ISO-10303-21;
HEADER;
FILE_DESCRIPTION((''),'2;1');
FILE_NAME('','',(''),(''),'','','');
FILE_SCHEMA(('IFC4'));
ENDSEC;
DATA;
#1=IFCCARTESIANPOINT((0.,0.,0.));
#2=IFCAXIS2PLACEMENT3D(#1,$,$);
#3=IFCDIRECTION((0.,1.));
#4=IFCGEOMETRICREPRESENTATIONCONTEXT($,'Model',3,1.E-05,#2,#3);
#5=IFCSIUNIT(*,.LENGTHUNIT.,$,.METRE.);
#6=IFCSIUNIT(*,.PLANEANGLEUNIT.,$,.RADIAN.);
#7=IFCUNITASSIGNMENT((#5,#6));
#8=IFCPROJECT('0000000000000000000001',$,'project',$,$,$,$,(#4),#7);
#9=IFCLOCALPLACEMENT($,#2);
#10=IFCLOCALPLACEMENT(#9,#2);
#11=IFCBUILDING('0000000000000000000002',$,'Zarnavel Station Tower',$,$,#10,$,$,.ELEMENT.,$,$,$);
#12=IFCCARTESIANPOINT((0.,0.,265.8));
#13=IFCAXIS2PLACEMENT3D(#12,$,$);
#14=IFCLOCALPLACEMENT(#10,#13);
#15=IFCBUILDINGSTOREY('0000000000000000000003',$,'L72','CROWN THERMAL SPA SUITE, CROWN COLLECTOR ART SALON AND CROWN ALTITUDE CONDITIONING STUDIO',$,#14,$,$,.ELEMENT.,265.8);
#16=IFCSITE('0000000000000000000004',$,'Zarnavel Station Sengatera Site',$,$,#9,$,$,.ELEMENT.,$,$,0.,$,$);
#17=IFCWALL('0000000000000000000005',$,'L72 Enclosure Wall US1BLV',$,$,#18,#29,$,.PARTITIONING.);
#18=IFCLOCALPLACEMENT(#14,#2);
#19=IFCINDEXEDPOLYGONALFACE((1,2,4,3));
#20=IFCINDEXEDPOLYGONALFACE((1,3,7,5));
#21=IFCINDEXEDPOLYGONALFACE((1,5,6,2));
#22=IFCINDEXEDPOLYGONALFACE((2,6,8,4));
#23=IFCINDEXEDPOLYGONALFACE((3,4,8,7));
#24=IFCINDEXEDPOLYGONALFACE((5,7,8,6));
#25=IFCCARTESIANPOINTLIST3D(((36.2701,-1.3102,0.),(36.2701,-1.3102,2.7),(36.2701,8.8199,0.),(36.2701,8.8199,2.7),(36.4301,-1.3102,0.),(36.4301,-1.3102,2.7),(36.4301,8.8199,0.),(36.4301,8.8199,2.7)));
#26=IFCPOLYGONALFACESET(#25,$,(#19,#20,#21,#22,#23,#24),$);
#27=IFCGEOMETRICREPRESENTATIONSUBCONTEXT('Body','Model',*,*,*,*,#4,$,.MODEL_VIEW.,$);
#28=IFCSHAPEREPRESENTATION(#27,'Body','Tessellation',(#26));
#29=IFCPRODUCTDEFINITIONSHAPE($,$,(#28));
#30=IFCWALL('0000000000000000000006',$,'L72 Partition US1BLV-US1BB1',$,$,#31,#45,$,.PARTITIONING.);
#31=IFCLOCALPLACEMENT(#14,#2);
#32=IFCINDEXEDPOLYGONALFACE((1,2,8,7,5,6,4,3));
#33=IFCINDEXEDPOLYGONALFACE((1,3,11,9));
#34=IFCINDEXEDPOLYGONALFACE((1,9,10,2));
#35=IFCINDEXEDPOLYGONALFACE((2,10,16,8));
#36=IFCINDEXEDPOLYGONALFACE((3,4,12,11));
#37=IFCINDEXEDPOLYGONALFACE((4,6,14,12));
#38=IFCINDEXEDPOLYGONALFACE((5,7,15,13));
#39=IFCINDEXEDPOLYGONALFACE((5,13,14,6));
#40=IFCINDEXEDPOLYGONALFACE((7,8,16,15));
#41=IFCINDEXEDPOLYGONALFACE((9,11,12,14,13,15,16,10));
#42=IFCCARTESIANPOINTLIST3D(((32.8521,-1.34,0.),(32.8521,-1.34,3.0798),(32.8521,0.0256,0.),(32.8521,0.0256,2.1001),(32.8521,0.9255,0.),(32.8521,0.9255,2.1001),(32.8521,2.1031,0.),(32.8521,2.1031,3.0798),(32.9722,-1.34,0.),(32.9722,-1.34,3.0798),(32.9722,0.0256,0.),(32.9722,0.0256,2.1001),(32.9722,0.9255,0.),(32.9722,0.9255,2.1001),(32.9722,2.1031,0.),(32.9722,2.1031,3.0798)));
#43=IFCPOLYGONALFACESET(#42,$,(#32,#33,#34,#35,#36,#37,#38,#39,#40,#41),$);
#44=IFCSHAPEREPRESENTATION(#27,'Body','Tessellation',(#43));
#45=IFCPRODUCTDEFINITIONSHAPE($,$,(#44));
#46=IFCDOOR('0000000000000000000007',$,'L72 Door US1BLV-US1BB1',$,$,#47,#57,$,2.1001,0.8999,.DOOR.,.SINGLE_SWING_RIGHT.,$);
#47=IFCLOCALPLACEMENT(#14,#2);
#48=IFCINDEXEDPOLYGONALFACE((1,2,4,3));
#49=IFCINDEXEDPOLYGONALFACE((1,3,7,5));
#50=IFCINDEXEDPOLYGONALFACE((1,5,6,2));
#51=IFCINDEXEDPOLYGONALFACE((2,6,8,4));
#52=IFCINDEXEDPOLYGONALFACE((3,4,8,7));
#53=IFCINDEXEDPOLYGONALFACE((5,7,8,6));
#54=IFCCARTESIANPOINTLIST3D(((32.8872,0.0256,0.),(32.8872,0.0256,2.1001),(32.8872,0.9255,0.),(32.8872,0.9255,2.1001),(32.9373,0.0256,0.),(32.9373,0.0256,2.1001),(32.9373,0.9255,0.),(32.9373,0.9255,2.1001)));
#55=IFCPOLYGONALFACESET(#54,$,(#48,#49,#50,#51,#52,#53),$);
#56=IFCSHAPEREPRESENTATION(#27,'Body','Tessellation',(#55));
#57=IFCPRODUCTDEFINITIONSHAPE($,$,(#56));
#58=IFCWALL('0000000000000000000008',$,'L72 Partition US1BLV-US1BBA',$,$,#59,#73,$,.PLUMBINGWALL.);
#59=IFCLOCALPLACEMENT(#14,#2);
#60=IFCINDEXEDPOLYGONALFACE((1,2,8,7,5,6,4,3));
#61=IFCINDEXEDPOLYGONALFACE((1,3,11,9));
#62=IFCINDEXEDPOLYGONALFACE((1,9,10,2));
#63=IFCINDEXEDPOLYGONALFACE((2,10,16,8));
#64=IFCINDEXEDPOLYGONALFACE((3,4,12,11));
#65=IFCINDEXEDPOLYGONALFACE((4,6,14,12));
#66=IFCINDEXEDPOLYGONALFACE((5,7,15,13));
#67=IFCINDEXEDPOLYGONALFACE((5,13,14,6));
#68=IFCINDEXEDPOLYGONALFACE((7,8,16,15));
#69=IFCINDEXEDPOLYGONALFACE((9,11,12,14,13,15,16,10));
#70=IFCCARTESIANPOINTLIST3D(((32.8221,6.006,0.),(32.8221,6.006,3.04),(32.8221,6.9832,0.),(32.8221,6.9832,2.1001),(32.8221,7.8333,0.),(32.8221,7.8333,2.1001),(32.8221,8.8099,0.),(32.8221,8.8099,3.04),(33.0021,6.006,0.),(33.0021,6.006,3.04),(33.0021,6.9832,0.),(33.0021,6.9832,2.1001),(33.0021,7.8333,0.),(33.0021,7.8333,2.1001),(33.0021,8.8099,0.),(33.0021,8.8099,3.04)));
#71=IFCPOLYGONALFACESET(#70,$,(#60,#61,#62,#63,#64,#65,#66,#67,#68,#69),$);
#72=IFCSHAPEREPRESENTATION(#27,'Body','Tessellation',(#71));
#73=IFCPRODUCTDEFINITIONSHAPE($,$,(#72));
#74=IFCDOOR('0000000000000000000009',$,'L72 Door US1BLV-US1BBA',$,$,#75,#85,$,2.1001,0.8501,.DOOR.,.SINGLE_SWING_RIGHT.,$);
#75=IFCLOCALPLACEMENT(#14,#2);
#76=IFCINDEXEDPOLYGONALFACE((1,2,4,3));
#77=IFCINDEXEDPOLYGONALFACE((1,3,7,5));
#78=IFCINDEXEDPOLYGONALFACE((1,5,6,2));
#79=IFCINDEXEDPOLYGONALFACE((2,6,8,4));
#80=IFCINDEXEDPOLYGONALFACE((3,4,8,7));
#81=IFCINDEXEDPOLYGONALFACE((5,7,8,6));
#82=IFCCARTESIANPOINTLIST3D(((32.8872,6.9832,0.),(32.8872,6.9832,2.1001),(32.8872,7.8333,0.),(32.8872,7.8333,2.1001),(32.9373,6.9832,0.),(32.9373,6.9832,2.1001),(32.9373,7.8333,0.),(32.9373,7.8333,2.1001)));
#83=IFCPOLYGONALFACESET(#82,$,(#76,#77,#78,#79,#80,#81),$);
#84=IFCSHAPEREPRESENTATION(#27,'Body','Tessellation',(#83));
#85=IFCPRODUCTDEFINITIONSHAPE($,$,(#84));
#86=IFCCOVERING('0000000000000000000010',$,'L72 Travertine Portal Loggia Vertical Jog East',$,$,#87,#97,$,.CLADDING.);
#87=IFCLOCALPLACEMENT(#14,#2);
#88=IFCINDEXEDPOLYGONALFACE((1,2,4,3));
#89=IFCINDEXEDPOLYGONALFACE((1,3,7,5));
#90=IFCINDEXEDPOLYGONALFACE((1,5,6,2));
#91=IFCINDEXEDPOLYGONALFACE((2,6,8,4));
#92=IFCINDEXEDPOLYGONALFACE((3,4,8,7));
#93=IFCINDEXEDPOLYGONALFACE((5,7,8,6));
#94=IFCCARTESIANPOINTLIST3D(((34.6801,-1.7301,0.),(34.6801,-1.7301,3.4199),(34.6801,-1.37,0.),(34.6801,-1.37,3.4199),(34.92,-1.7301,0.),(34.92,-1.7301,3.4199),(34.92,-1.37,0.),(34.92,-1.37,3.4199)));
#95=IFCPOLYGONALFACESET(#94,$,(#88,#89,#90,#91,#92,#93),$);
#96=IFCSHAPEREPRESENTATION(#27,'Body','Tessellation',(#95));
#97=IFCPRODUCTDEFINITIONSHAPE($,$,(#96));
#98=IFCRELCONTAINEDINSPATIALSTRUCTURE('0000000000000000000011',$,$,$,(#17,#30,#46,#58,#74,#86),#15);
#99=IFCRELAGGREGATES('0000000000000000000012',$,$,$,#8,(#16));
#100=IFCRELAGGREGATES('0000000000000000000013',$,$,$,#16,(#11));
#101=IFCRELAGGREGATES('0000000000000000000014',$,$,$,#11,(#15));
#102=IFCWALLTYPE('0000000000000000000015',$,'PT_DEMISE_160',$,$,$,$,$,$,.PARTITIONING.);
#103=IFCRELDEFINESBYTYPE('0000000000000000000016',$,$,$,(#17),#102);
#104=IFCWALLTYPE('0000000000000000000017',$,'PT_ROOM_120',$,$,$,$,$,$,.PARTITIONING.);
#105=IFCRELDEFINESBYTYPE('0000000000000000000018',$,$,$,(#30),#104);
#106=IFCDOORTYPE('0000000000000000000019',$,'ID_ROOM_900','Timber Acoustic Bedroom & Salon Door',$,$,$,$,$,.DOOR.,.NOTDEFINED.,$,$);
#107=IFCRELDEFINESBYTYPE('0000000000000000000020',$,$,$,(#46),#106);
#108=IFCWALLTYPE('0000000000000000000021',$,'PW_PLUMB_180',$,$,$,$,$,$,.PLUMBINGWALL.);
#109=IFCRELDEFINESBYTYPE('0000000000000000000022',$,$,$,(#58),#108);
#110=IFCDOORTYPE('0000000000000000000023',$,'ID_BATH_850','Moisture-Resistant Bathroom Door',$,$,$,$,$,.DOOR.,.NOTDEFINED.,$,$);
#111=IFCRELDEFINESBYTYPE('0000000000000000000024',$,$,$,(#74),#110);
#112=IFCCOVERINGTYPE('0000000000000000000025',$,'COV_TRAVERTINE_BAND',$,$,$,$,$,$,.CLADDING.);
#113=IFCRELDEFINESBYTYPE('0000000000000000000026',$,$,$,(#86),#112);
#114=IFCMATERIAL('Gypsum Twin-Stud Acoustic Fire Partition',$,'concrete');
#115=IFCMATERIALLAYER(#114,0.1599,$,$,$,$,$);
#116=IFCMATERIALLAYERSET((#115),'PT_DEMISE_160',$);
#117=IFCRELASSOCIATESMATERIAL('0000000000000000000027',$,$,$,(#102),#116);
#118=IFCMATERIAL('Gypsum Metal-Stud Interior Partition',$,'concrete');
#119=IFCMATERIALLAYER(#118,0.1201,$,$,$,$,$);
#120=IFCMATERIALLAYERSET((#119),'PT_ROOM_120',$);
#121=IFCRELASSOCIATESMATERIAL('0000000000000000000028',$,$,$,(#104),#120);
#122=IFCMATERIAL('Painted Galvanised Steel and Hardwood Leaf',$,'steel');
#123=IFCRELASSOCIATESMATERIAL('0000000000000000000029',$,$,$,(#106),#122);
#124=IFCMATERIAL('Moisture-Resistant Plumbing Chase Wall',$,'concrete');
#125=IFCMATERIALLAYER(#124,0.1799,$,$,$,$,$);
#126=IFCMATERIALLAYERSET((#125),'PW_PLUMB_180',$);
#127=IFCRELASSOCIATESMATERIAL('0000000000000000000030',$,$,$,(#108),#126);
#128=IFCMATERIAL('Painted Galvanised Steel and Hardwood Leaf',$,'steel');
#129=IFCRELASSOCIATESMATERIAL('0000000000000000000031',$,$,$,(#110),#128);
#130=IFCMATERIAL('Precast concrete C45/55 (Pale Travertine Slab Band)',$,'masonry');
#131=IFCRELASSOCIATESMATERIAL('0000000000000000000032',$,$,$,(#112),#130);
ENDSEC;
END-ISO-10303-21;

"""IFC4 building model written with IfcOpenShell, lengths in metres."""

from ifc_helpers import new_model, si_unit, direction, frame, frame_2d, origin, origin_2d, place, context, subcontext, project, spatial, rectangle, extrude, material, layer, layer_set, type_object, element, fill, save


model = new_model("IFC4")

# Units and contexts
model_context = context("Model", 3, precision=1e-05, world=origin(), true_north=direction((0.0, 1.0)))
body_context = subcontext(model_context, "Body", "Model", "MODEL_VIEW")
ifc_project = project(units=[si_unit("LENGTHUNIT", "METRE"), si_unit("PLANEANGLEUNIT", "RADIAN")], contexts=[model_context])

# Site, building, storey
site_placement = place(None, origin())
site = spatial("IfcSite", under=ifc_project, at=site_placement, Name="Zarnavel Station Sengatera Site", CompositionType="ELEMENT", RefElevation=0.0)
building_placement = place(site_placement, origin())
building = spatial("IfcBuilding", under=site, at=building_placement, Name="Zarnavel Station Tower", CompositionType="ELEMENT")
storey_placement = place(building_placement, frame((0.0, 0.0, 265.8)))
storey = spatial("IfcBuildingStorey", under=building, at=storey_placement, Name="L72", Description="CROWN THERMAL SPA SUITE, CROWN COLLECTOR ART SALON AND CROWN ALTITUDE CONDITIONING STUDIO", CompositionType="ELEMENT", Elevation=265.8)

# Shared definitions
ifc_material_1 = material(Name="Gypsum Twin-Stud Acoustic Fire Partition", Category="concrete")
ifc_layer_1 = layer(ifc_material_1, 0.1599)
ifc_layer_set_1 = layer_set([ifc_layer_1], Name="PT_DEMISE_160")
wall_type_1 = type_object("IfcWallType", Name="PT_DEMISE_160", PredefinedType="PARTITIONING", material=ifc_layer_set_1)

# Wall
wall_1_placement = place(storey_placement, frame((36.3501, -1.3101, 0.0), z_axis=(0.0, 0.0, 1.0), x_axis=(0.0, 1.0, 0.0)))
element("IfcWall", 1, at=wall_1_placement, inside=storey, type_object=wall_type_1, Name="L72 Enclosure Wall US1BLV", PredefinedType="PARTITIONING", context=body_context, shape_type="SweptSolid", body=[
    extrude(rectangle(XDim=10.1301, YDim=0.1599, at=frame_2d((5.0649, 0.0))), origin(), (0.0, 0.0, 1.0), 2.7),
])

# Walls, openings, doors
ifc_material_2 = material(Name="Gypsum Metal-Stud Interior Partition", Category="concrete")
ifc_layer_2 = layer(ifc_material_2, 0.1201)
ifc_layer_set_2 = layer_set([ifc_layer_2], Name="PT_ROOM_120")
wall_type_2 = type_object("IfcWallType", Name="PT_ROOM_120", PredefinedType="PARTITIONING", material=ifc_layer_set_2)
wall_2_placement = place(storey_placement, frame((32.9121, -1.3401, 0.0), z_axis=(0.0, 0.0, 1.0), x_axis=(0.0, 1.0, 0.0)))
wall_2 = element("IfcWall", 2, at=wall_2_placement, inside=storey, type_object=wall_type_2, Name="L72 Partition US1BLV-US1BB1", PredefinedType="PARTITIONING", context=body_context, shape_type="SweptSolid", body=[
    extrude(rectangle(XDim=3.4431, YDim=0.1201, at=frame_2d((1.7217, 0.0))), origin(), (0.0, 0.0, 1.0), 3.0798),
])
opening_1_placement = place(wall_2_placement, frame((1.3657, 0.0, 0.0)))
opening_1 = element("IfcOpeningElement", 3, at=opening_1_placement, cuts=wall_2, PredefinedType="OPENING", context=body_context, shape_type="SweptSolid", body=[
    extrude(rectangle(XDim=0.8999, YDim=2.1001, at=frame_2d((0.45, 1.05))), frame((0.0, 0.0701, 0.0), z_axis=(0.0, -1.0, 0.0), x_axis=(1.0, 0.0, 0.0)), (0.0, 0.0, 1.0), 0.1401),
])
ifc_material_3 = material(Name="Painted Galvanised Steel and Hardwood Leaf", Category="steel")
door_type_1 = type_object("IfcDoorType", Name="ID_ROOM_900", Description="Timber Acoustic Bedroom & Salon Door", OperationType="NOTDEFINED", PredefinedType="DOOR", material=ifc_material_3)
door_1_placement = place(opening_1_placement, origin())
door_1 = element("IfcDoor", 4, at=door_1_placement, inside=storey, type_object=door_type_1, Name="L72 Door US1BLV-US1BB1", OperationType="SINGLE_SWING_RIGHT", OverallHeight=2.1001, OverallWidth=0.8999, PredefinedType="DOOR", context=body_context, shape_type="SweptSolid", body=[
    extrude(rectangle(XDim=0.8999, YDim=2.1001, at=frame_2d((0.45, 1.05))), frame((0.0, 0.0249, 0.0), z_axis=(0.0, -1.0, 0.0), x_axis=(1.0, 0.0, 0.0)), (0.0, 0.0, 1.0), 0.05),
])
fill(opening_1, door_1)
ifc_material_4 = material(Name="Moisture-Resistant Plumbing Chase Wall", Category="concrete")
ifc_layer_3 = layer(ifc_material_4, 0.1799)
ifc_layer_set_3 = layer_set([ifc_layer_3], Name="PW_PLUMB_180")
wall_type_3 = type_object("IfcWallType", Name="PW_PLUMB_180", PredefinedType="PLUMBINGWALL", material=ifc_layer_set_3)
wall_3_placement = place(storey_placement, frame((32.9121, 6.0061, 0.0), z_axis=(0.0, 0.0, 1.0), x_axis=(0.0, 1.0, 0.0)))
wall_3 = element("IfcWall", 5, at=wall_3_placement, inside=storey, type_object=wall_type_3, Name="L72 Partition US1BLV-US1BBA", PredefinedType="PLUMBINGWALL", context=body_context, shape_type="SweptSolid", body=[
    extrude(rectangle(XDim=2.804, YDim=0.1799, at=frame_2d((1.4019, 0.0))), origin(), (0.0, 0.0, 1.0), 3.04),
])
opening_2_placement = place(wall_3_placement, frame((0.9771, 0.0, 0.0)))
opening_2 = element("IfcOpeningElement", 6, at=opening_2_placement, cuts=wall_3, PredefinedType="OPENING", context=body_context, shape_type="SweptSolid", body=[
    extrude(rectangle(XDim=0.8501, YDim=2.1001, at=frame_2d((0.425, 1.05))), frame((0.0, 0.0999, 0.0), z_axis=(0.0, -1.0, 0.0), x_axis=(1.0, 0.0, 0.0)), (0.0, 0.0, 1.0), 0.2),
])
ifc_material_5 = material(Name="Painted Galvanised Steel and Hardwood Leaf", Category="steel")
door_type_2 = type_object("IfcDoorType", Name="ID_BATH_850", Description="Moisture-Resistant Bathroom Door", OperationType="NOTDEFINED", PredefinedType="DOOR", material=ifc_material_5)
door_2_placement = place(opening_2_placement, origin())
door_2 = element("IfcDoor", 7, at=door_2_placement, inside=storey, type_object=door_type_2, Name="L72 Door US1BLV-US1BBA", OperationType="SINGLE_SWING_RIGHT", OverallHeight=2.1001, OverallWidth=0.8501, PredefinedType="DOOR", context=body_context, shape_type="SweptSolid", body=[
    extrude(rectangle(XDim=0.8501, YDim=2.1001, at=frame_2d((0.425, 1.05))), frame((0.0, 0.0249, 0.0), z_axis=(0.0, -1.0, 0.0), x_axis=(1.0, 0.0, 0.0)), (0.0, 0.0, 1.0), 0.05),
])
fill(opening_2, door_2)

# Covering
ifc_material_6 = material(Name="Precast concrete C45/55 (Pale Travertine Slab Band)", Category="masonry")
covering_type = type_object("IfcCoveringType", Name="COV_TRAVERTINE_BAND", PredefinedType="CLADDING", material=ifc_material_6)
covering_placement = place(storey_placement, frame((34.8, -1.55, 0.0), z_axis=(0.0, 0.0, 1.0), x_axis=(1.0, 0.0, 0.0)))
element("IfcCovering", 8, at=covering_placement, inside=storey, type_object=covering_type, Name="L72 Travertine Portal Loggia Vertical Jog East", PredefinedType="CLADDING", context=body_context, shape_type="SweptSolid", body=[
    extrude(rectangle(XDim=0.24, YDim=0.3601, at=origin_2d()), origin(), (0.0, 0.0, 1.0), 3.4199),
])

save(model, "model.ifc")
